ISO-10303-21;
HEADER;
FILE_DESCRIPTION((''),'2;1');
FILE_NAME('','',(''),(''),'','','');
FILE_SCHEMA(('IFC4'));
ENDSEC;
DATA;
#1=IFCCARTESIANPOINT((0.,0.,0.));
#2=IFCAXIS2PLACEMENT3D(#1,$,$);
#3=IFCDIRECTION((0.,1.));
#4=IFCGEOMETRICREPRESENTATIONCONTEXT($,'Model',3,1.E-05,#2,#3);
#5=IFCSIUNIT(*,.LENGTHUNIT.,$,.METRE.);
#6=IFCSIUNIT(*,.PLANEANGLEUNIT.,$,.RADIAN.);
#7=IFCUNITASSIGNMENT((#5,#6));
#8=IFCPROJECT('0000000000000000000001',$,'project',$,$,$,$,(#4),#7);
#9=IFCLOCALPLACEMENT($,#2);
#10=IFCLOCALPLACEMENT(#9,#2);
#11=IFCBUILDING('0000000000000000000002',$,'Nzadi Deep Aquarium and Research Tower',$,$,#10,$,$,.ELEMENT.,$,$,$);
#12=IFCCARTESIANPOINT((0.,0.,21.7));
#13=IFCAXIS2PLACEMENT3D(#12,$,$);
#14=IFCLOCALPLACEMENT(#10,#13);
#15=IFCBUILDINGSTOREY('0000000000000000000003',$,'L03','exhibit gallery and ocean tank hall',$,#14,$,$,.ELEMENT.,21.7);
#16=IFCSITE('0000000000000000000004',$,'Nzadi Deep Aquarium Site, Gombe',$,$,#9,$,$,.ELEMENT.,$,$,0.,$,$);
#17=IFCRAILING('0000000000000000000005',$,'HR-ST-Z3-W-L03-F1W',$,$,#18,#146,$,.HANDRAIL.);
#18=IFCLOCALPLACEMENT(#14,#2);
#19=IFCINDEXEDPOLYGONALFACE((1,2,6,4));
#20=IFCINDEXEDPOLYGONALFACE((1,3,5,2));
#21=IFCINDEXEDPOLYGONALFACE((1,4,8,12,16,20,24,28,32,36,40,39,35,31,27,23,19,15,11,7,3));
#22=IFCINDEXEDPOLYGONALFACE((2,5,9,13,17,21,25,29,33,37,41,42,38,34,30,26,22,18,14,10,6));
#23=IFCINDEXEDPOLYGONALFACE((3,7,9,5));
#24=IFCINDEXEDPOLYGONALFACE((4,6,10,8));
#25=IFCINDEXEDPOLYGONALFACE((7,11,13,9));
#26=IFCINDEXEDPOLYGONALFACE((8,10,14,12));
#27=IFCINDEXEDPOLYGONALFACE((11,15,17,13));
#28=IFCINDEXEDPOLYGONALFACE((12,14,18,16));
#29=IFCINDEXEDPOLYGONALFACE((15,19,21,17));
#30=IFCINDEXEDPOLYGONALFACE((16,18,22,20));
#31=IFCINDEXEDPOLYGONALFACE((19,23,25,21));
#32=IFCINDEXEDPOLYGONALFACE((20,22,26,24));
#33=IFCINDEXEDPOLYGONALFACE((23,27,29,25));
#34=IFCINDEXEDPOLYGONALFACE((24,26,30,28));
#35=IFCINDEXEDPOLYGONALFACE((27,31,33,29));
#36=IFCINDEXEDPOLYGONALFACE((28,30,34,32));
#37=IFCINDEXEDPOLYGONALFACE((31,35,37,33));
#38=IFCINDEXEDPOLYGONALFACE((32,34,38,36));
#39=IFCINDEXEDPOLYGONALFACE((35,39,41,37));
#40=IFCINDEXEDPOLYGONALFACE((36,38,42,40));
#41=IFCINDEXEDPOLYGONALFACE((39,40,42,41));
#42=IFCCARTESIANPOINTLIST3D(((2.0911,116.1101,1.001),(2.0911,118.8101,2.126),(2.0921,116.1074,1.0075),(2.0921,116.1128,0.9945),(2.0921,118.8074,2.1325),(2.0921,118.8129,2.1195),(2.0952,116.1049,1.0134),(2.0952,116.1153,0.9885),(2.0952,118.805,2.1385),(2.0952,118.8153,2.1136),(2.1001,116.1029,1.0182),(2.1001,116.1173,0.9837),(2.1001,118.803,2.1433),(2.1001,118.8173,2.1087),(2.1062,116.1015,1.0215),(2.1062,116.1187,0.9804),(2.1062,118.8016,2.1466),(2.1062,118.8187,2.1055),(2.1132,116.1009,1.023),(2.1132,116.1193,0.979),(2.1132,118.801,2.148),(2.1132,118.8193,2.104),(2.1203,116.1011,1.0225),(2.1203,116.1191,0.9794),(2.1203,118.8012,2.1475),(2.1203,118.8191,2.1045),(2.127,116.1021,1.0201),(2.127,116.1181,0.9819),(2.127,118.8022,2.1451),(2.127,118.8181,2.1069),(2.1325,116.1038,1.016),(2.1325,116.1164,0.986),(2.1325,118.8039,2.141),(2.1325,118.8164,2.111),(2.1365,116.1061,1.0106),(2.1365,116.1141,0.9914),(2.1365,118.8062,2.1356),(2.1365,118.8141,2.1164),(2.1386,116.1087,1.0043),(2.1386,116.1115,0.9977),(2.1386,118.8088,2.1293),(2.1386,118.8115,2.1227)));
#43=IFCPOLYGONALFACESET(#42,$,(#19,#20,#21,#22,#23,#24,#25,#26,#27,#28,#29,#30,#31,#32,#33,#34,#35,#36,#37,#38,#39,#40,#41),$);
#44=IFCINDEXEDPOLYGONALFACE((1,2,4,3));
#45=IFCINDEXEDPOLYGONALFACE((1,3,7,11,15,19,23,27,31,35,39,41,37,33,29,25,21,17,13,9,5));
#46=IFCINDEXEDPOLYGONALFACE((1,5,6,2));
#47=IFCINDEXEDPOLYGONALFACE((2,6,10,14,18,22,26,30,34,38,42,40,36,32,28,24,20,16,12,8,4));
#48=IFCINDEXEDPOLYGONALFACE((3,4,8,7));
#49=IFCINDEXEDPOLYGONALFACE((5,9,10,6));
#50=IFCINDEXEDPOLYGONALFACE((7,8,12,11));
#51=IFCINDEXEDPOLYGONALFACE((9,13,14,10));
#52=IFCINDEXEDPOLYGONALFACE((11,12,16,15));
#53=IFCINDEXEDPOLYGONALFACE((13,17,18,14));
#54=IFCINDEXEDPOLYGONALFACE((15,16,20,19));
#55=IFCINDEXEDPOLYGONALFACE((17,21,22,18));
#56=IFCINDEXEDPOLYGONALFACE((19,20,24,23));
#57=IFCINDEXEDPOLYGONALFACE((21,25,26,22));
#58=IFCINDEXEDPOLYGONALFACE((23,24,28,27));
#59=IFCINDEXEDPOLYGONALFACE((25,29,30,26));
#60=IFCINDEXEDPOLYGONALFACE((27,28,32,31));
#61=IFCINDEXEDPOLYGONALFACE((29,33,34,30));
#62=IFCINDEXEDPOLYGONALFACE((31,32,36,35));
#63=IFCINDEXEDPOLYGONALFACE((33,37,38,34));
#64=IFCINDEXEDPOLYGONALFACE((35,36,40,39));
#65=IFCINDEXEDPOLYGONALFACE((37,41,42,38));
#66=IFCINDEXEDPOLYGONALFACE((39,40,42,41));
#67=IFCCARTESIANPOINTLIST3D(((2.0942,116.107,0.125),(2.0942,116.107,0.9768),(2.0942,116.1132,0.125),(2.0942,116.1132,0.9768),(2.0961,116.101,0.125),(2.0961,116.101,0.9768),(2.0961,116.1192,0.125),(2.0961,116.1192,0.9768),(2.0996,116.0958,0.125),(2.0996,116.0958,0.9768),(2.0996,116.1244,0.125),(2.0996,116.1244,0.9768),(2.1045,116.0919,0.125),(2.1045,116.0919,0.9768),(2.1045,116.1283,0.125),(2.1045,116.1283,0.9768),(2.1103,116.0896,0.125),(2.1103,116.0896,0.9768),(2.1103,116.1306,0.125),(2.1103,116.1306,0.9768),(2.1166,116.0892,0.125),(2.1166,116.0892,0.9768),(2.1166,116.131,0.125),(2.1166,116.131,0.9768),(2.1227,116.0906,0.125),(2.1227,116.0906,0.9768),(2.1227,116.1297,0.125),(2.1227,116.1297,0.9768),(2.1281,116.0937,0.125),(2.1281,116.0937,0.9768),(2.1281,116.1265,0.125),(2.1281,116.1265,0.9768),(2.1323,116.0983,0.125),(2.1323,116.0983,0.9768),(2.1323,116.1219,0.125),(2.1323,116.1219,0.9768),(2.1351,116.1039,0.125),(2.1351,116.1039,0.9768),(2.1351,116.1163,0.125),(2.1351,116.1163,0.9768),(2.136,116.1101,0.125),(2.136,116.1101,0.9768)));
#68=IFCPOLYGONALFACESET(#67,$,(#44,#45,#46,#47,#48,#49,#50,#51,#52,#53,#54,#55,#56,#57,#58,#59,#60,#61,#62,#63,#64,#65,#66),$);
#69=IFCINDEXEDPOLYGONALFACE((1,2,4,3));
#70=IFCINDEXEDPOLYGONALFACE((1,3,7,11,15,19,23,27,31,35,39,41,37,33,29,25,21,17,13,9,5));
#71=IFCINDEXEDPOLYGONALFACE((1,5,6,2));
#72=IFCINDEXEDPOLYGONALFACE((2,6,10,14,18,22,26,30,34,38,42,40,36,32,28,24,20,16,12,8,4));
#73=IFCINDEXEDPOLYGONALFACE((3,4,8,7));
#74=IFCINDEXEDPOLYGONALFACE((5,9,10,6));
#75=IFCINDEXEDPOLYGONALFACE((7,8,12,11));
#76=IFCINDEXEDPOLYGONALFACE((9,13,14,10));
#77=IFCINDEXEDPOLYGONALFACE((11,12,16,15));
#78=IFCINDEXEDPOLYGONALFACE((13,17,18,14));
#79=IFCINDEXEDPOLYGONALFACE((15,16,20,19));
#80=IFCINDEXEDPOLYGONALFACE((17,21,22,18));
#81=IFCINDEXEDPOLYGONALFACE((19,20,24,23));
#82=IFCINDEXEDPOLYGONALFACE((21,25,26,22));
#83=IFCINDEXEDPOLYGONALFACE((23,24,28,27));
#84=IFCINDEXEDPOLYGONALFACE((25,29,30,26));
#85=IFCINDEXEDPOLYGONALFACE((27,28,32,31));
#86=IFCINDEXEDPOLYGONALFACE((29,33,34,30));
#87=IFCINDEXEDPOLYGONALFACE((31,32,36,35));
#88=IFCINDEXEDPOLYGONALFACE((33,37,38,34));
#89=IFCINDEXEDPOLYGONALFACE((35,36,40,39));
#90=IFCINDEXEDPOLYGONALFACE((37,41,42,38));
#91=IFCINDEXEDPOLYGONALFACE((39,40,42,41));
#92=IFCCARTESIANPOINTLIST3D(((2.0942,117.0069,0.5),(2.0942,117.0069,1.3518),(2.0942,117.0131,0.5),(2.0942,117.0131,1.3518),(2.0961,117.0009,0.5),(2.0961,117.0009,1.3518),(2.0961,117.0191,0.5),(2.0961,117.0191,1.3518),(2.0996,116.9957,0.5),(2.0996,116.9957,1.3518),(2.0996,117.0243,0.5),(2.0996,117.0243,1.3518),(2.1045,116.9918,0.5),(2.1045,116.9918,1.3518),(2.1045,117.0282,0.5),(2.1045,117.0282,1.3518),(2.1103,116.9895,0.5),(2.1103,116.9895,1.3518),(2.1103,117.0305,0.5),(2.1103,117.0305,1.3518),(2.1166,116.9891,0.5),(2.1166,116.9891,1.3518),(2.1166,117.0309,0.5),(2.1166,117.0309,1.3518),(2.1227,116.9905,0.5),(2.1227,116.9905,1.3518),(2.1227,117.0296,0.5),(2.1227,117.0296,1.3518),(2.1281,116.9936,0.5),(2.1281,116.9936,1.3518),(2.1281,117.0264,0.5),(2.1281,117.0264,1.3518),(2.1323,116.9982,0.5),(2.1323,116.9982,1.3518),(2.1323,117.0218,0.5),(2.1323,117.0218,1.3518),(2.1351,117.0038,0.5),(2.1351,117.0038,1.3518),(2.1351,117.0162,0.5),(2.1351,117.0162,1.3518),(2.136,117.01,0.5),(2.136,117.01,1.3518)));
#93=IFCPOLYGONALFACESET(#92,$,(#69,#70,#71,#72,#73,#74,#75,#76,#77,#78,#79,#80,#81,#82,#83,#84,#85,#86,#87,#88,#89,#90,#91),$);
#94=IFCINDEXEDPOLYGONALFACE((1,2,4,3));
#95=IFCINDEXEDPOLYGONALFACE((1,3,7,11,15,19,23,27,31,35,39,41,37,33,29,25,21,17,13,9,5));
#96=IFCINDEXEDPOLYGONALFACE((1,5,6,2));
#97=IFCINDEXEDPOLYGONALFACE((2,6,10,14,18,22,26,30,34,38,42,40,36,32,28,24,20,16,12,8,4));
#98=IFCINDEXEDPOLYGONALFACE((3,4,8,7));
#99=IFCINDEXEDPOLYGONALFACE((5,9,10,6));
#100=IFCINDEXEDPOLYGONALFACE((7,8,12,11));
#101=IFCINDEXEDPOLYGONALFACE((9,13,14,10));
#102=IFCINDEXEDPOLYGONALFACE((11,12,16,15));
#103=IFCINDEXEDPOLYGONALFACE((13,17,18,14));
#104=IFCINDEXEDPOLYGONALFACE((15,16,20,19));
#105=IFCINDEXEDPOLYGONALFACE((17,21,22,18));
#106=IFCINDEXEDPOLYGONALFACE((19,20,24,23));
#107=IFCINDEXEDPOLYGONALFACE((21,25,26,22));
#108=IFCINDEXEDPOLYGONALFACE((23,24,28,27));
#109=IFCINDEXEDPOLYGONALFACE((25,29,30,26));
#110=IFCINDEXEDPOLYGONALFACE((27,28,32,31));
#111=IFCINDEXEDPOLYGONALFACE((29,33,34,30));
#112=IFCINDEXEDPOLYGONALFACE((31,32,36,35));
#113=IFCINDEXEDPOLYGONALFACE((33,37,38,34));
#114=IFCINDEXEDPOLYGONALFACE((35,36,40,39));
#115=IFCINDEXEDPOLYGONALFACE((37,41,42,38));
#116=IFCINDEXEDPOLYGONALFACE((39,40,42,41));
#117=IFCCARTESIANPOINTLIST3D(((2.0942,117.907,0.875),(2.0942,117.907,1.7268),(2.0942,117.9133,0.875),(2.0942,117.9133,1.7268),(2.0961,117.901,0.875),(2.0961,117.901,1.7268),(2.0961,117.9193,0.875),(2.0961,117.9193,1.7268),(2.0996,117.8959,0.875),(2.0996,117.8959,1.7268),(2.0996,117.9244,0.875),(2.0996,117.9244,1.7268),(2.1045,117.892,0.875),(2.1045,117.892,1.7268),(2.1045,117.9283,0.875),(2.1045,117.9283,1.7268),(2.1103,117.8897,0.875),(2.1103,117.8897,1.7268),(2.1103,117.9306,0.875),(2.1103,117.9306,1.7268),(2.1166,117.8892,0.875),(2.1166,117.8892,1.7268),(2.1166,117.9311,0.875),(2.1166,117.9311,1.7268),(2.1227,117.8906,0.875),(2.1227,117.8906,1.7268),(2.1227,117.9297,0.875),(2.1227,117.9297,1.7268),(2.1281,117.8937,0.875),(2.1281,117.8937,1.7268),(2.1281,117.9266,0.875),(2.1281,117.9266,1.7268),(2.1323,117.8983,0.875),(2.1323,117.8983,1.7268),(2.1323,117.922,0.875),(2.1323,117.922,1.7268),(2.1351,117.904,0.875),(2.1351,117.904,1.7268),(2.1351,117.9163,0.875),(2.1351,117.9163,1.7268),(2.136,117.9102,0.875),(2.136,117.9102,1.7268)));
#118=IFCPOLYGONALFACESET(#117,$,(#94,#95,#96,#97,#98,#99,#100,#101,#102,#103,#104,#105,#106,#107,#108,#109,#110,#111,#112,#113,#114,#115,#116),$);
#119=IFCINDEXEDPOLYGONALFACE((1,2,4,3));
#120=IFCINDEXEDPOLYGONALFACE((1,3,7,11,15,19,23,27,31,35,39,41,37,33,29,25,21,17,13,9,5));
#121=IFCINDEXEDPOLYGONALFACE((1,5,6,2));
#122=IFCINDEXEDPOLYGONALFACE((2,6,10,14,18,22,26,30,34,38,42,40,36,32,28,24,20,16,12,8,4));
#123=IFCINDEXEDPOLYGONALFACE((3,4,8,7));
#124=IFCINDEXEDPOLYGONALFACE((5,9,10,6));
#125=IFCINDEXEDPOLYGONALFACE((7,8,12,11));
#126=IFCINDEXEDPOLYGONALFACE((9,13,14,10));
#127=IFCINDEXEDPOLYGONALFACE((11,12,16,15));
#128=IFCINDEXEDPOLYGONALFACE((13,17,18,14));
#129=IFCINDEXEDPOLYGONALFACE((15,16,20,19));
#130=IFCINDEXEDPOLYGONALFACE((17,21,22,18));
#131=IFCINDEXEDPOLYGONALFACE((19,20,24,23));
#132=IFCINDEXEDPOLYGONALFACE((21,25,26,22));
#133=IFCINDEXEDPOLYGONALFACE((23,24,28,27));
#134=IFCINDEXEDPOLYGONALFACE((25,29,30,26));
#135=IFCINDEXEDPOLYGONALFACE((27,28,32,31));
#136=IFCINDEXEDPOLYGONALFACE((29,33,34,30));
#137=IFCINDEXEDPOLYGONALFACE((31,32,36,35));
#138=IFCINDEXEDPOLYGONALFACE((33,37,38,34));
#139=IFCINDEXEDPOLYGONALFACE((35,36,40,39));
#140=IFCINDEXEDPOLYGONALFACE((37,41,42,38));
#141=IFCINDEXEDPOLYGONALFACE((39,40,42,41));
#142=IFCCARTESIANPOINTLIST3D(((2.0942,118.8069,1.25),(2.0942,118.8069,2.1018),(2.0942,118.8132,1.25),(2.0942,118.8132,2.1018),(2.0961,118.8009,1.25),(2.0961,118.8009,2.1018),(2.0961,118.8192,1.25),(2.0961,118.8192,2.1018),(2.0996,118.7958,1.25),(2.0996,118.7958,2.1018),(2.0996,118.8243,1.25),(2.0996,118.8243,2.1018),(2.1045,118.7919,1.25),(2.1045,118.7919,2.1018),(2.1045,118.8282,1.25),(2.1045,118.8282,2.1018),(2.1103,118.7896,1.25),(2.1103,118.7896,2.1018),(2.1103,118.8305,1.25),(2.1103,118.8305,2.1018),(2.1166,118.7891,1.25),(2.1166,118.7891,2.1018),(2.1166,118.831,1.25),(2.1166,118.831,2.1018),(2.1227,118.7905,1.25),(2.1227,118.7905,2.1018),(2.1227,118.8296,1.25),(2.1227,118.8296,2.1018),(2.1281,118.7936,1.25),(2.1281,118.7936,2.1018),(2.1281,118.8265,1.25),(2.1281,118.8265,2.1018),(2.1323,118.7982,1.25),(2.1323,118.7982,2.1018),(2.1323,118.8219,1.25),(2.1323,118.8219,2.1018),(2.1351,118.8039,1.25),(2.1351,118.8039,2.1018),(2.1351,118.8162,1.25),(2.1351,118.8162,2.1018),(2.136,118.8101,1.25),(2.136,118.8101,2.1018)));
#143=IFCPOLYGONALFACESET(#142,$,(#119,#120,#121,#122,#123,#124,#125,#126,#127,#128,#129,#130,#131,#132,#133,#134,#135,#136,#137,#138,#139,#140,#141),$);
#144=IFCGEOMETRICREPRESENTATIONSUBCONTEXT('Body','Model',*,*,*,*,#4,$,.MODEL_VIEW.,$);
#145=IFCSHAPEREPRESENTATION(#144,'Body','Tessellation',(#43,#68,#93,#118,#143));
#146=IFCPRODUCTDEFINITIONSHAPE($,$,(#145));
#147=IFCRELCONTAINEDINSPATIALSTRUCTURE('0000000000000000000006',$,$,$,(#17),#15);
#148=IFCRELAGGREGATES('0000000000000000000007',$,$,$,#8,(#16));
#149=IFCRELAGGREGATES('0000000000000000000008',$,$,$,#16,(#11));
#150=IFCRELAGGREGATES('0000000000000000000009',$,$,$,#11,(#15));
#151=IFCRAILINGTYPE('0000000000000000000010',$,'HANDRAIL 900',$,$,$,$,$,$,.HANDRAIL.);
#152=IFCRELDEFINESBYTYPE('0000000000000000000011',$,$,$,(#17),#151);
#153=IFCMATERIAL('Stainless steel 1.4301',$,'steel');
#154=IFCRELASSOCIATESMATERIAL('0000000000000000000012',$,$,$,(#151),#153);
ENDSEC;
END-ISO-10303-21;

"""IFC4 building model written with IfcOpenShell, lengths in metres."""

from ifc_helpers import new_model, si_unit, direction, frame, origin, origin_2d, place, context, subcontext, project, spatial, circle, extrude, material, type_object, element, save


model = new_model("IFC4")

# Units and contexts
model_context = context("Model", 3, precision=1e-05, world=origin(), true_north=direction((0.0, 1.0)))
body_context = subcontext(model_context, "Body", "Model", "MODEL_VIEW")
ifc_project = project(units=[si_unit("LENGTHUNIT", "METRE"), si_unit("PLANEANGLEUNIT", "RADIAN")], contexts=[model_context])

# Site, building, storey
site_placement = place(None, origin())
site = spatial("IfcSite", under=ifc_project, at=site_placement, Name="Nzadi Deep Aquarium Site, Gombe", CompositionType="ELEMENT", RefElevation=0.0)
building_placement = place(site_placement, origin())
building = spatial("IfcBuilding", under=site, at=building_placement, Name="Nzadi Deep Aquarium and Research Tower", CompositionType="ELEMENT")
storey_placement = place(building_placement, frame((0.0, 0.0, 21.7)))
storey = spatial("IfcBuildingStorey", under=building, at=storey_placement, Name="L03", Description="exhibit gallery and ocean tank hall", CompositionType="ELEMENT", Elevation=21.7)

# Railing
ifc_material_1 = material(Name="Stainless steel 1.4301", Category="steel")
railing_type = type_object("IfcRailingType", Name="HANDRAIL 900", PredefinedType="HANDRAIL", material=ifc_material_1)
for number, where, name in (
    (1, (2.115, 116.1101, 0.125), "HR-ST-Z3-W-L03-F1W"),
):
    element("IfcRailing", number, at=place(storey_placement, frame(where)), inside=storey, type_object=railing_type, Name=name, PredefinedType="HANDRAIL", context=body_context, shape_type="SweptSolid", body=[
        extrude(circle(Radius=0.0239, at=origin_2d()), frame((0.0, 0.0, 0.876), z_axis=(0.0, 0.923074, 0.384621), x_axis=(-1.0, 0.0, 0.0)), (0.0, 0.0, 1.0), 2.925),
        extrude(circle(Radius=0.021, at=origin_2d()), origin(), (0.0, 0.0, 1.0), 0.8518),
        extrude(circle(Radius=0.021, at=origin_2d()), frame((0.0, 0.8999, 0.375)), (0.0, 0.0, 1.0), 0.8518),
        extrude(circle(Radius=0.021, at=origin_2d()), frame((0.0, 1.8, 0.75)), (0.0, 0.0, 1.0), 0.8518),
        extrude(circle(Radius=0.021, at=origin_2d()), frame((0.0, 2.7, 1.125)), (0.0, 0.0, 1.0), 0.8518),
    ])

save(model, "model.ifc")
